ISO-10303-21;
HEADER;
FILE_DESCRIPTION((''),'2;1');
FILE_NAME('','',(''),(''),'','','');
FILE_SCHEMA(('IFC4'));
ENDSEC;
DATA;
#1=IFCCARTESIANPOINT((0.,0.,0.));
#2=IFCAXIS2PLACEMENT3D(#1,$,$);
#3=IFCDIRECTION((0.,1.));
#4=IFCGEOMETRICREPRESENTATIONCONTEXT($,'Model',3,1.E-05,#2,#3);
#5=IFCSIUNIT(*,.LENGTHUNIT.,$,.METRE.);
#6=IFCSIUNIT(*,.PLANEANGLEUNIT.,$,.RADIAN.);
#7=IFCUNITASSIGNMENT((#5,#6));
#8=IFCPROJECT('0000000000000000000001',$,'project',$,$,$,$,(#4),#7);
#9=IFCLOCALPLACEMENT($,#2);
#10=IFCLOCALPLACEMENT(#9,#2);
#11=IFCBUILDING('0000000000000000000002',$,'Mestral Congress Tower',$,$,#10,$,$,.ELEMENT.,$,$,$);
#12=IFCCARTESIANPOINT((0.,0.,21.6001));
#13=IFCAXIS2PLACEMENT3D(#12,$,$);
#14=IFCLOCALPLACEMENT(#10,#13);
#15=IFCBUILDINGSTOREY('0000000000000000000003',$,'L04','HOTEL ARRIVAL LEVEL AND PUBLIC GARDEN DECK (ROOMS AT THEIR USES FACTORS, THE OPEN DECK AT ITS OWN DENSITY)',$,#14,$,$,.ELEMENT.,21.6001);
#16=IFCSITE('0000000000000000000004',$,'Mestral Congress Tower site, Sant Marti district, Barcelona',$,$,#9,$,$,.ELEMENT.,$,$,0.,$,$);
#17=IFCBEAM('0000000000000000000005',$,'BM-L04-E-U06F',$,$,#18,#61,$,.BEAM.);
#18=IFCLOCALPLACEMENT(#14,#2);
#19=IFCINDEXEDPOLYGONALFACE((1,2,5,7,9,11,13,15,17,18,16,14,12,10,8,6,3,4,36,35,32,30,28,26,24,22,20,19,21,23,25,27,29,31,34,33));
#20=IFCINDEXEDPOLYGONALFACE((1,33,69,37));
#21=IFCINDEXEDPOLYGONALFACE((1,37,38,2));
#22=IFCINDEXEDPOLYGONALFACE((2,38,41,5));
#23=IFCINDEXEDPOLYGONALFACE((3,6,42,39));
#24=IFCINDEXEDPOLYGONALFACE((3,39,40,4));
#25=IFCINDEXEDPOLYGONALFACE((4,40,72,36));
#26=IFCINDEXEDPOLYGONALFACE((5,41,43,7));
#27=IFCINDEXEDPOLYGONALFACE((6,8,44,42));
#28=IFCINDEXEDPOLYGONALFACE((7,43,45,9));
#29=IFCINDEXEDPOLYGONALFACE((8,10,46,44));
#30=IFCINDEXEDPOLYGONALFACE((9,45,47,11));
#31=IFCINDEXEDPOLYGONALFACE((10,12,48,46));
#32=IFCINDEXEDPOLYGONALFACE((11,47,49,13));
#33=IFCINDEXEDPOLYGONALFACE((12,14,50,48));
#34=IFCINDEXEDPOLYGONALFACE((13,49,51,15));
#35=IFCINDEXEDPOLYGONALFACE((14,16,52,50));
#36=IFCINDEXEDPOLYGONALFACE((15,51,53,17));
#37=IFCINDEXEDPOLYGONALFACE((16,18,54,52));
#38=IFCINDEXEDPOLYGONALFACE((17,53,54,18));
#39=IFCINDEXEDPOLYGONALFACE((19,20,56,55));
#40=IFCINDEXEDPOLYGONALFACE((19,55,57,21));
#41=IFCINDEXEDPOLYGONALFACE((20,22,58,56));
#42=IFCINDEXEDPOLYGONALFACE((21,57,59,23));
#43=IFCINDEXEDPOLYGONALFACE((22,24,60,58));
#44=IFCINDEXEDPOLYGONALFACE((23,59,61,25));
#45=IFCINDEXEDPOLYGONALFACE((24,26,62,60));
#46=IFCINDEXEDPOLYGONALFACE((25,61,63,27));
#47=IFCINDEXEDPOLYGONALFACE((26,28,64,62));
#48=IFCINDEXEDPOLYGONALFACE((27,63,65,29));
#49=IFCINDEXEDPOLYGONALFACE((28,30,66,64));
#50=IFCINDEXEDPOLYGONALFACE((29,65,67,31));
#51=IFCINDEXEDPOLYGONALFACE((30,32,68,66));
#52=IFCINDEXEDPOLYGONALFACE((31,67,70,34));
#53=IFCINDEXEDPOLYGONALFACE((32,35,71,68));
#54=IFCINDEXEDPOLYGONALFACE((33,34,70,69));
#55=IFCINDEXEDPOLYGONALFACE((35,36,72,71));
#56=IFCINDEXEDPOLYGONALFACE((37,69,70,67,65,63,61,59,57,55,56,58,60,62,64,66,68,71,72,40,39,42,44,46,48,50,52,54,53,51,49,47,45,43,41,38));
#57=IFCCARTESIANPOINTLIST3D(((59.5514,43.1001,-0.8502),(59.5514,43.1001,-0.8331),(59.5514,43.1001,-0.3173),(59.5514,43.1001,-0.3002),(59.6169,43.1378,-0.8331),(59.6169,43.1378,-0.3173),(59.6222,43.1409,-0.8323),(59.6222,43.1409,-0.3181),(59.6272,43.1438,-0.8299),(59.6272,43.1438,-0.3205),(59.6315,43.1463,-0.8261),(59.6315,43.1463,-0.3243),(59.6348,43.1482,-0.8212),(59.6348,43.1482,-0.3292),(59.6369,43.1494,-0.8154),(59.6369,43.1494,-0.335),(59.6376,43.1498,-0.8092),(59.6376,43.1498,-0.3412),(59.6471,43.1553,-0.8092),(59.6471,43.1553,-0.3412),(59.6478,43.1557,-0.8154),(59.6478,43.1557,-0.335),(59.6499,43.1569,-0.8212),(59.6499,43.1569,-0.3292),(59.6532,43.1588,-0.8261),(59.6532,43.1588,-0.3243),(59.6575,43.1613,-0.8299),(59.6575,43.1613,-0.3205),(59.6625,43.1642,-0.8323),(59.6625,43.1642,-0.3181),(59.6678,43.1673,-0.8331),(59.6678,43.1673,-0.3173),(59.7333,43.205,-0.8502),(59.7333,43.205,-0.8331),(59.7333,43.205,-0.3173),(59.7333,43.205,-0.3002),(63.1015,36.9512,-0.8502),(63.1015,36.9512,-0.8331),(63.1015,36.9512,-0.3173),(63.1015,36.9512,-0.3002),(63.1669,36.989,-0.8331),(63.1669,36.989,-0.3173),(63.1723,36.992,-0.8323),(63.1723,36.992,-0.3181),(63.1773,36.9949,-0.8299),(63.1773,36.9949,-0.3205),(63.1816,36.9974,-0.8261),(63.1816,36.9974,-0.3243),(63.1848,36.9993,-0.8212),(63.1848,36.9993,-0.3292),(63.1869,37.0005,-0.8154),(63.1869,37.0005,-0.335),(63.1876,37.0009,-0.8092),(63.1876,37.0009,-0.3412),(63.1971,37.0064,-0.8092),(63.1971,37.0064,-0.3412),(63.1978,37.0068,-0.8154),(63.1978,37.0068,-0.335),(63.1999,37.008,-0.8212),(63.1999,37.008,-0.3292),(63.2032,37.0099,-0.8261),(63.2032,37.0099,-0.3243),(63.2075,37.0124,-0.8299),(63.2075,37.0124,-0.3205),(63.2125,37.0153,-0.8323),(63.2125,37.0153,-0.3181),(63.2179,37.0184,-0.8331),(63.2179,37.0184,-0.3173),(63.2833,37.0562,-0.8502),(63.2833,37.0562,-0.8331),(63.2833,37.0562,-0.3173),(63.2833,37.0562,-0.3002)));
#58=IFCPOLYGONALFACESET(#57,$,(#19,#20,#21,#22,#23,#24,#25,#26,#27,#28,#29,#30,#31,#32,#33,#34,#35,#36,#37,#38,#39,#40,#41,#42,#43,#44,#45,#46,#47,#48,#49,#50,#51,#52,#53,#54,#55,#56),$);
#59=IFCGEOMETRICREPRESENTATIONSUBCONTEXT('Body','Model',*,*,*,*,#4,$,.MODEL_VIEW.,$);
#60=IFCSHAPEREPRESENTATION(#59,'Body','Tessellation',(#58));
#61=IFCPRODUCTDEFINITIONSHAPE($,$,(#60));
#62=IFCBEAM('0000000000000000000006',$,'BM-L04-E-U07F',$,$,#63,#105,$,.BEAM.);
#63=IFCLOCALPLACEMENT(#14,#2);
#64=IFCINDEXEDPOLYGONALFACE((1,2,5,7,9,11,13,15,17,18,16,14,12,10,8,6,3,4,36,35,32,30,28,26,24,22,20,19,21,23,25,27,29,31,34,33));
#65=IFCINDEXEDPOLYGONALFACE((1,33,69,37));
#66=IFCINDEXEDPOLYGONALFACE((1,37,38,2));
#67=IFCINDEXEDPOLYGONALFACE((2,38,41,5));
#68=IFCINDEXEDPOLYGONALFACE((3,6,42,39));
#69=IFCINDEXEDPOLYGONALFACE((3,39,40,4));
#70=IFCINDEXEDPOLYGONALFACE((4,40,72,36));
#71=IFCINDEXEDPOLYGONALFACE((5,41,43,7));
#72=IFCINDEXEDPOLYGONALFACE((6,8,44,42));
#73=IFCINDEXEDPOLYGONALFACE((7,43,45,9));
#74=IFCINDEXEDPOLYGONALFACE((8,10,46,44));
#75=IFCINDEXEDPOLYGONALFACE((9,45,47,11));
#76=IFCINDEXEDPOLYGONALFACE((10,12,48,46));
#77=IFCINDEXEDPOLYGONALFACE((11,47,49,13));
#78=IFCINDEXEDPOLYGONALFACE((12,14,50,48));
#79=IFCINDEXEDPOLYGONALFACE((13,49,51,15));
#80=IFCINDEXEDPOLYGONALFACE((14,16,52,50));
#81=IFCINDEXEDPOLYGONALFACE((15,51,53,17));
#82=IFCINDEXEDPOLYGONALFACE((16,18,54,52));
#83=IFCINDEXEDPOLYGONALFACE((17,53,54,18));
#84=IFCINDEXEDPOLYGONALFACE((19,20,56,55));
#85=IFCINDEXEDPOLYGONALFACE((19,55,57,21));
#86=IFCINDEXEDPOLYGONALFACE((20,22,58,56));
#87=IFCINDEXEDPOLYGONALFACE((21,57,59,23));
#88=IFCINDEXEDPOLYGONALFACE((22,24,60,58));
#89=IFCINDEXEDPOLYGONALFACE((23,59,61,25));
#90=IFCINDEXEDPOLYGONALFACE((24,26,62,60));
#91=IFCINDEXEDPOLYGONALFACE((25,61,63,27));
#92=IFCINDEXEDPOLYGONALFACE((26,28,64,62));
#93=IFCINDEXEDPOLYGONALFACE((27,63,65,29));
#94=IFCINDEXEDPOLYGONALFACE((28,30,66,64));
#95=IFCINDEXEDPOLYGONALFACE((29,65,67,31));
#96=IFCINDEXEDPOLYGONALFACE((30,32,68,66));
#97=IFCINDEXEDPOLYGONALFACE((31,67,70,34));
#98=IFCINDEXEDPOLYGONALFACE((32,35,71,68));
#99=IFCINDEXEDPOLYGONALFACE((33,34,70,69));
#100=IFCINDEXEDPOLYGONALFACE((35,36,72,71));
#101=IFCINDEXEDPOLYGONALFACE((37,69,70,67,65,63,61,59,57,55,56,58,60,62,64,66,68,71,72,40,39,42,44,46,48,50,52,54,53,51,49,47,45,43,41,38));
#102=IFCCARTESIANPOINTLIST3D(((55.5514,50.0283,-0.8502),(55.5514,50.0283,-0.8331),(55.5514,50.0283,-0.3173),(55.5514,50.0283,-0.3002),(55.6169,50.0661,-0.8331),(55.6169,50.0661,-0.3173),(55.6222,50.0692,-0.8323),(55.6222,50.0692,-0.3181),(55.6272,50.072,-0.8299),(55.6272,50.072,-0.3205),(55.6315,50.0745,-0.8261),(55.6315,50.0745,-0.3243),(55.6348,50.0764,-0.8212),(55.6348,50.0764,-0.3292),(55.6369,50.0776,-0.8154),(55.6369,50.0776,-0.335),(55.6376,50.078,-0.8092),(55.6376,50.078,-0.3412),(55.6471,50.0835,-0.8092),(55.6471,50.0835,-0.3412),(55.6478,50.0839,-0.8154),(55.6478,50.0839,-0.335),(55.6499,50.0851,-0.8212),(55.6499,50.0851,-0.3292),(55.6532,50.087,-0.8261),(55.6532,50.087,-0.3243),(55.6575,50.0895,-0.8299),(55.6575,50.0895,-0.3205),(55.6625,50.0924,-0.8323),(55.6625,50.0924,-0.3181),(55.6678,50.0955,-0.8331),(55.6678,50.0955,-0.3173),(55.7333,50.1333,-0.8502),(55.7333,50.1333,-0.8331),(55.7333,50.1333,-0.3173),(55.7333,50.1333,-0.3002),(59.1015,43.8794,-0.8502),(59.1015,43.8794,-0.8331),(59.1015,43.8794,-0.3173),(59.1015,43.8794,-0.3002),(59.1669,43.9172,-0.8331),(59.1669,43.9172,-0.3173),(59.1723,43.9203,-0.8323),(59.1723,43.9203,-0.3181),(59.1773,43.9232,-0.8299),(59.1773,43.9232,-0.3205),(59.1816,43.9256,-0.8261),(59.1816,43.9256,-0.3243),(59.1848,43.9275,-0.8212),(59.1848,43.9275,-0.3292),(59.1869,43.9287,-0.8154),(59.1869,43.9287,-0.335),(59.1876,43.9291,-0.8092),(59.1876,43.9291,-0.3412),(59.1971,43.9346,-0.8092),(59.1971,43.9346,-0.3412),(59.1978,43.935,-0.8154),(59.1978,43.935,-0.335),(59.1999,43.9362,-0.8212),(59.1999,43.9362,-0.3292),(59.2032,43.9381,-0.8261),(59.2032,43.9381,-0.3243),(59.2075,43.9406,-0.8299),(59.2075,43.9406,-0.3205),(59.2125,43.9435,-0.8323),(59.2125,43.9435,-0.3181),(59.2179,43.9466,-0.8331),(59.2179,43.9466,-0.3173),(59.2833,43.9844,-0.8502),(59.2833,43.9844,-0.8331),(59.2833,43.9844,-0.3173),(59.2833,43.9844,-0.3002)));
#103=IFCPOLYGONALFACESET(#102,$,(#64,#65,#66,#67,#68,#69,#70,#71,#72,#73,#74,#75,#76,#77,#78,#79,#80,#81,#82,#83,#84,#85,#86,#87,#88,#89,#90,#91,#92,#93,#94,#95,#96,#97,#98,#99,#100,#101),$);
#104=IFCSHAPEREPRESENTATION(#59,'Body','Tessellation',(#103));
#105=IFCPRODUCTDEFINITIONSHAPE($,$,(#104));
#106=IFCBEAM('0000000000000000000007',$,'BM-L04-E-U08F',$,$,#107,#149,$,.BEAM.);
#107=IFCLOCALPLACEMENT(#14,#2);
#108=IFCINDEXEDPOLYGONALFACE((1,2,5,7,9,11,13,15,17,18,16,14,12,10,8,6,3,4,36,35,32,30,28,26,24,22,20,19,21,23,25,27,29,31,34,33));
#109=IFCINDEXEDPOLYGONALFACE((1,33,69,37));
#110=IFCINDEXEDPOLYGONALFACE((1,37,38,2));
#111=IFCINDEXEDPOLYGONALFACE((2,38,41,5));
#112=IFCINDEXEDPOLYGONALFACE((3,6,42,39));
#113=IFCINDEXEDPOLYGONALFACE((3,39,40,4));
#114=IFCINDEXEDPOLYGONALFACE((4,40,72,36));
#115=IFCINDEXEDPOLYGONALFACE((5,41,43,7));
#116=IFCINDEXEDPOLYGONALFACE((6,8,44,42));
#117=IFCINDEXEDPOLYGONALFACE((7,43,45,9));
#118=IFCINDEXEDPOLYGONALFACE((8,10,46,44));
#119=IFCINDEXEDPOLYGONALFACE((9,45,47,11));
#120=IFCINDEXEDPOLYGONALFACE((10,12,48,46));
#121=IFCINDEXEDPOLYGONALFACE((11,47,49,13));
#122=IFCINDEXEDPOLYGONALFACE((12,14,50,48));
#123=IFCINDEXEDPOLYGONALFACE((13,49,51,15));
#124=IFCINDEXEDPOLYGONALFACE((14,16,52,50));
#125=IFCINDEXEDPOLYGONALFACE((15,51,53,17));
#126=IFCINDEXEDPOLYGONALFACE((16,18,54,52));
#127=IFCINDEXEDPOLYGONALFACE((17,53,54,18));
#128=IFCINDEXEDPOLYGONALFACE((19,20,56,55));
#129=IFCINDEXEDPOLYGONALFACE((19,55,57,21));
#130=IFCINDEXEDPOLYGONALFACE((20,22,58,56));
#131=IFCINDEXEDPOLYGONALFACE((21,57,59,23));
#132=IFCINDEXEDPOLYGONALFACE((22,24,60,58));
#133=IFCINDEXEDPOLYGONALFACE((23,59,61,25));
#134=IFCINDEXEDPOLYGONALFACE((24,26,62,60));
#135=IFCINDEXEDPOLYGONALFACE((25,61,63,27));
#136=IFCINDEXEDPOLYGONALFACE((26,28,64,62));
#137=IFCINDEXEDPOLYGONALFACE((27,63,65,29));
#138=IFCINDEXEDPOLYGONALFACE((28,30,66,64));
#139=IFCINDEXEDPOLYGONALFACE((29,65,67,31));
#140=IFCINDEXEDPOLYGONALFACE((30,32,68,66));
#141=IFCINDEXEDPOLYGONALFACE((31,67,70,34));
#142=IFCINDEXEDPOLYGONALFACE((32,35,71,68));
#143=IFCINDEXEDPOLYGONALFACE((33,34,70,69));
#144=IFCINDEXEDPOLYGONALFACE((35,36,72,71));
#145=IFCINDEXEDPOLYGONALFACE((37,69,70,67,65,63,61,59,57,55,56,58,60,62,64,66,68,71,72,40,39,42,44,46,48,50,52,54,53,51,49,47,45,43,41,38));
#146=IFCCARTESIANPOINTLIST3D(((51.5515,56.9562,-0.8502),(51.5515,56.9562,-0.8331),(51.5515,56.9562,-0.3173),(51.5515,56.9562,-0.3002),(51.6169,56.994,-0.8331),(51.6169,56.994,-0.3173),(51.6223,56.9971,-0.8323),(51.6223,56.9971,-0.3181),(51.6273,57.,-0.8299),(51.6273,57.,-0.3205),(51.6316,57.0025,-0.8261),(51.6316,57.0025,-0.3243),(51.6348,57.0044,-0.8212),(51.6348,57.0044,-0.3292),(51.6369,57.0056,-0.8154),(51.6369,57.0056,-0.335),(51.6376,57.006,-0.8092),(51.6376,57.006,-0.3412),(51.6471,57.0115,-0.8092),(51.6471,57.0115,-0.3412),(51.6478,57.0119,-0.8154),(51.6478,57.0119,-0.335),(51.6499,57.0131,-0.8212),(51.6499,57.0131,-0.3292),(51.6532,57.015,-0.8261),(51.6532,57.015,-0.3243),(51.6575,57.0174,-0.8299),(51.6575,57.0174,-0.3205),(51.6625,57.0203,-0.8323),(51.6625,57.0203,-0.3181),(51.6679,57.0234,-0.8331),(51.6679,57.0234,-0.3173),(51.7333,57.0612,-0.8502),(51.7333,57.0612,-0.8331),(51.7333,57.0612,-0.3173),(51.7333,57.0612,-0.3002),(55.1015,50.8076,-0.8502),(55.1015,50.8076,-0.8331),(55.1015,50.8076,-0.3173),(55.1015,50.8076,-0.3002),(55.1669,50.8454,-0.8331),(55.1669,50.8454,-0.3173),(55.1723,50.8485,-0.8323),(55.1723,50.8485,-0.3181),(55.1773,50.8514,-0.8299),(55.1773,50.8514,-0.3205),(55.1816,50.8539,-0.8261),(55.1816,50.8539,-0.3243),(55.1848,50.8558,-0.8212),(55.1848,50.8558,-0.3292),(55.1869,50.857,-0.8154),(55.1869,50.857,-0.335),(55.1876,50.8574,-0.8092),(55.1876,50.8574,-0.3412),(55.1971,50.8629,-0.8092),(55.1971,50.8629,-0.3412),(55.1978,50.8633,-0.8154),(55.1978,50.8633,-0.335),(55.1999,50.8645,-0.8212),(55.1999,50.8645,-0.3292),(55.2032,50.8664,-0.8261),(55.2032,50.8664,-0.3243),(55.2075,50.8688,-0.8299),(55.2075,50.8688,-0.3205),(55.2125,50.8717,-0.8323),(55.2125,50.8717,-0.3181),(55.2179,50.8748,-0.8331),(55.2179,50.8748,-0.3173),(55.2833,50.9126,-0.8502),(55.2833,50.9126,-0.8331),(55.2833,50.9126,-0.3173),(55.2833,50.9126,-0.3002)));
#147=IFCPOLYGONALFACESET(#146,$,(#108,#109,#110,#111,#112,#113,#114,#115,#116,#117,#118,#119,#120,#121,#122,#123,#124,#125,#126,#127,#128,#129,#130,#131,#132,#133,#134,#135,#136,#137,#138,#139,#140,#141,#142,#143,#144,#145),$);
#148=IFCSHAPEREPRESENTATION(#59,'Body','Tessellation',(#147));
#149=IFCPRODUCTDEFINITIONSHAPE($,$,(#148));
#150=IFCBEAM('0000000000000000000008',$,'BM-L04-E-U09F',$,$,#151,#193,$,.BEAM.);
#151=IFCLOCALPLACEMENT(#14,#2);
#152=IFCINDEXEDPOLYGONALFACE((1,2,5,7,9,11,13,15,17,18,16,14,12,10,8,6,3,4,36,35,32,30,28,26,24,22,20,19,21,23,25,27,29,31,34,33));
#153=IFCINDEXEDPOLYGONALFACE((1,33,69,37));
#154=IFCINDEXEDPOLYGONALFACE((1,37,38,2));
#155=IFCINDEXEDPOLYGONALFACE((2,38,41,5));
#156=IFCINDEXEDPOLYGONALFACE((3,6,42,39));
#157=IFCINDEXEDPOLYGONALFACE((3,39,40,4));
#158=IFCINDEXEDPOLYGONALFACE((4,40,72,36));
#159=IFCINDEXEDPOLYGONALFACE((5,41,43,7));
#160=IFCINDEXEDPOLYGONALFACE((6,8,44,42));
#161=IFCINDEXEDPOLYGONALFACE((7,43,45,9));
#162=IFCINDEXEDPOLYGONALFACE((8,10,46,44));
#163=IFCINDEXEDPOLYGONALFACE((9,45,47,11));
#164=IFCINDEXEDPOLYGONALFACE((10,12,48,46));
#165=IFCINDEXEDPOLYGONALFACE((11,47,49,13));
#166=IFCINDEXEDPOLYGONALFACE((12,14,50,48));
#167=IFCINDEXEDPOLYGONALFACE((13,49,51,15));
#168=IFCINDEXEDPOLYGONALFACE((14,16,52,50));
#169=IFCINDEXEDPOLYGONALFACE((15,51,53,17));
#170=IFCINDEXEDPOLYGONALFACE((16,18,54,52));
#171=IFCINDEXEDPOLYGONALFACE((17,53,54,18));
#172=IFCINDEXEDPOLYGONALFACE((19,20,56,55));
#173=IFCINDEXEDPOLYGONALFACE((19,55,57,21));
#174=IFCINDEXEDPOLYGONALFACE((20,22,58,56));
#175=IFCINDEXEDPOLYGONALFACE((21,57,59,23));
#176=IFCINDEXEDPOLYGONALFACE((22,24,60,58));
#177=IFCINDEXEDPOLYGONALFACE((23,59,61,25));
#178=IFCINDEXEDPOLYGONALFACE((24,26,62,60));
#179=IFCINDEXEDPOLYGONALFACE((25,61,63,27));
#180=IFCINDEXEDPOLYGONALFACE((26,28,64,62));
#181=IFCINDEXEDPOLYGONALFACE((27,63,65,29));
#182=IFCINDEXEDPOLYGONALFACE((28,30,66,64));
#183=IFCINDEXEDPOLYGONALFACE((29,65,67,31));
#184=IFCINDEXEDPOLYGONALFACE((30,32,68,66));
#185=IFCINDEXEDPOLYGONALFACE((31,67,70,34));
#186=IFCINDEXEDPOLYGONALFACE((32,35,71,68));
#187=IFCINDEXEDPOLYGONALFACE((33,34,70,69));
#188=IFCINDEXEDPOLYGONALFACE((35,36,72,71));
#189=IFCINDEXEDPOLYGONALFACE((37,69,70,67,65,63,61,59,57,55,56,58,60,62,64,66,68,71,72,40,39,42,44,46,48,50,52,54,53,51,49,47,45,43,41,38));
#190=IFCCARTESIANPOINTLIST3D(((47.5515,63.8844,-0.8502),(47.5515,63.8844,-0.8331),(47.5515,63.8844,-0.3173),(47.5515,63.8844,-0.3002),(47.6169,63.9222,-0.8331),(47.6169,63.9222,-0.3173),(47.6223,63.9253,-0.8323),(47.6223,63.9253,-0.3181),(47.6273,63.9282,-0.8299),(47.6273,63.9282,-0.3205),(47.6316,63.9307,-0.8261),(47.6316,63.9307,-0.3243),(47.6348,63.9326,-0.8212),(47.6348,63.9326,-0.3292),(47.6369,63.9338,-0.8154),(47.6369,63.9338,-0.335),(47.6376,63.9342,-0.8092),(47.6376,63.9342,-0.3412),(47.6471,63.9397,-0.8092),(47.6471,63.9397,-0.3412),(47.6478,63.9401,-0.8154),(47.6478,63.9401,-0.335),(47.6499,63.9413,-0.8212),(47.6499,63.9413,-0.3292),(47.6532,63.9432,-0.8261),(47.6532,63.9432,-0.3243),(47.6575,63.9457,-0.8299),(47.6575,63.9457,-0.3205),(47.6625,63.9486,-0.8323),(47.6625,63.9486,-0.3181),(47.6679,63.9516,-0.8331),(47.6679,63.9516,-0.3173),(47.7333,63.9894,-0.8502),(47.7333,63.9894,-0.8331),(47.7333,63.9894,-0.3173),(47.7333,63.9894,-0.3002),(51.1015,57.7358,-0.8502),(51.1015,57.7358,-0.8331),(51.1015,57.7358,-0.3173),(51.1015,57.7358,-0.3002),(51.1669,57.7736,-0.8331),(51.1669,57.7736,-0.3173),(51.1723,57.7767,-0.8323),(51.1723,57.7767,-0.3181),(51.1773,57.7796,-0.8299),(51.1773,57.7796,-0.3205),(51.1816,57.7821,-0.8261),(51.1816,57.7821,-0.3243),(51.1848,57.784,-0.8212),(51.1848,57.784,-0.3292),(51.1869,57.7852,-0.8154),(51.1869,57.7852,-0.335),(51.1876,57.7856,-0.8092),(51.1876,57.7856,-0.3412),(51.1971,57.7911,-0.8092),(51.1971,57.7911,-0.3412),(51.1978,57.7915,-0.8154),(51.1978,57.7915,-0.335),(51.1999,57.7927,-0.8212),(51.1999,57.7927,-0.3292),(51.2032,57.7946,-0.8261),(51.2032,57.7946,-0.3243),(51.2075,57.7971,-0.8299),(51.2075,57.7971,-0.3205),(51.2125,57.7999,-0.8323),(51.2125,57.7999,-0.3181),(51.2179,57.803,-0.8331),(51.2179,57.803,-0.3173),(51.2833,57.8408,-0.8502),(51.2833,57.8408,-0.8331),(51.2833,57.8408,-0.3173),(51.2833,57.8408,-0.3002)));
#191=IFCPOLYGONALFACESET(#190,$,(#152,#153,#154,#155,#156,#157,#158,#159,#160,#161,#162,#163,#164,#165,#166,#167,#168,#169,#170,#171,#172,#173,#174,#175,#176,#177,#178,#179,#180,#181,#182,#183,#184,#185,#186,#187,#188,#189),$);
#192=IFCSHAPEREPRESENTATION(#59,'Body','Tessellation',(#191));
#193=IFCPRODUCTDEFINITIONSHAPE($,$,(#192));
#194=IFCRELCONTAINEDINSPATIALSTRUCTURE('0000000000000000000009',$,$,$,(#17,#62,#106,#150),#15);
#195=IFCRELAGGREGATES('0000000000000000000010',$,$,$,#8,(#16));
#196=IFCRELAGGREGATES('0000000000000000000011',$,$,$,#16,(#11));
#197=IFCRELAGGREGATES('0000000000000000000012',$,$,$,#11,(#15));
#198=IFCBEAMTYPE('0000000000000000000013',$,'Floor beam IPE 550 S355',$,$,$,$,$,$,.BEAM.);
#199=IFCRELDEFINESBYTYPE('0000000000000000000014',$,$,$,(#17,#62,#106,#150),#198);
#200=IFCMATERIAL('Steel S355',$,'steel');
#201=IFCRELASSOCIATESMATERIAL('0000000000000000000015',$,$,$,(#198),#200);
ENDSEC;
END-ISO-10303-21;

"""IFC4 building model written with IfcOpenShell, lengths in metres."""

from ifc_helpers import new_model, si_unit, direction, frame, origin, origin_2d, place, context, subcontext, project, spatial, i_section, extrude, material, material_profile, profile_set, type_object, element, save


model = new_model("IFC4")

# Units and contexts
model_context = context("Model", 3, precision=1e-05, world=origin(), true_north=direction((0.0, 1.0)))
body_context = subcontext(model_context, "Body", "Model", "MODEL_VIEW")
ifc_project = project(units=[si_unit("LENGTHUNIT", "METRE"), si_unit("PLANEANGLEUNIT", "RADIAN")], contexts=[model_context])

# Site, building, storey
site_placement = place(None, origin())
site = spatial("IfcSite", under=ifc_project, at=site_placement, Name="Mestral Congress Tower site, Sant Marti district, Barcelona", CompositionType="ELEMENT", RefElevation=0.0)
building_placement = place(site_placement, origin())
building = spatial("IfcBuilding", under=site, at=building_placement, Name="Mestral Congress Tower", CompositionType="ELEMENT")
storey_placement = place(building_placement, frame((0.0, 0.0, 21.6001)))
storey = spatial("IfcBuildingStorey", under=building, at=storey_placement, Name="L04", Description="HOTEL ARRIVAL LEVEL AND PUBLIC GARDEN DECK (ROOMS AT THEIR USES FACTORS, THE OPEN DECK AT ITS OWN DENSITY)", CompositionType="ELEMENT", Elevation=21.6001)

# Beams
ifc_material_1 = material(Name="Steel S355", Category="steel")
ifc_material_profile_1 = material_profile(ifc_material_1, i_section(OverallWidth=0.21, OverallDepth=0.55, WebThickness=0.011, FlangeThickness=0.0171, FilletRadius=0.0239, at=origin_2d()), Name="IPE 550")
ifc_profile_set_1 = profile_set([ifc_material_profile_1], Name="Steel S355")
beam_type_1 = type_object("IfcBeamType", Name="Floor beam IPE 550 S355", PredefinedType="BEAM", material=ifc_profile_set_1)
for number, where, z_axis, x_axis, name in (
    (1, (63.1924, 37.0037, -0.5752), (-0.499996, 0.866028, 0.0), (-0.866028, -0.499996, 0.0), "BM-L04-E-U06F"),
    (2, (59.1924, 43.9319, -0.5752), (-0.499996, 0.866028, 0.0), (-0.866028, -0.499996, 0.0), "BM-L04-E-U07F"),
):
    element("IfcBeam", number, at=place(storey_placement, frame(where, z_axis=z_axis, x_axis=x_axis)), inside=storey, type_object=beam_type_1, Name=name, PredefinedType="BEAM", context=body_context, shape_type="SweptSolid", body=[
        extrude(i_section(OverallWidth=0.21, OverallDepth=0.55, WebThickness=0.011, FlangeThickness=0.0171, FilletRadius=0.0239, at=origin_2d()), origin(), (0.0, 0.0, 1.0), 7.1001),
    ])
for number, where, z_axis, x_axis, name in (
    (3, (55.1924, 50.8601, -0.5752), (-0.500011, 0.866019, 0.0), (-0.866019, -0.500011, 0.0), "BM-L04-E-U08F"),
    (4, (51.1924, 57.7883, -0.5752), (-0.500011, 0.866019, 0.0), (-0.866019, -0.500011, 0.0), "BM-L04-E-U09F"),
):
    element("IfcBeam", number, at=place(storey_placement, frame(where, z_axis=z_axis, x_axis=x_axis)), inside=storey, type_object=beam_type_1, Name=name, PredefinedType="BEAM", context=body_context, shape_type="SweptSolid", body=[
        extrude(i_section(OverallWidth=0.21, OverallDepth=0.55, WebThickness=0.011, FlangeThickness=0.0171, FilletRadius=0.0239, at=origin_2d()), origin(), (0.0, 0.0, 1.0), 7.0999),
    ])

save(model, "model.ifc")
